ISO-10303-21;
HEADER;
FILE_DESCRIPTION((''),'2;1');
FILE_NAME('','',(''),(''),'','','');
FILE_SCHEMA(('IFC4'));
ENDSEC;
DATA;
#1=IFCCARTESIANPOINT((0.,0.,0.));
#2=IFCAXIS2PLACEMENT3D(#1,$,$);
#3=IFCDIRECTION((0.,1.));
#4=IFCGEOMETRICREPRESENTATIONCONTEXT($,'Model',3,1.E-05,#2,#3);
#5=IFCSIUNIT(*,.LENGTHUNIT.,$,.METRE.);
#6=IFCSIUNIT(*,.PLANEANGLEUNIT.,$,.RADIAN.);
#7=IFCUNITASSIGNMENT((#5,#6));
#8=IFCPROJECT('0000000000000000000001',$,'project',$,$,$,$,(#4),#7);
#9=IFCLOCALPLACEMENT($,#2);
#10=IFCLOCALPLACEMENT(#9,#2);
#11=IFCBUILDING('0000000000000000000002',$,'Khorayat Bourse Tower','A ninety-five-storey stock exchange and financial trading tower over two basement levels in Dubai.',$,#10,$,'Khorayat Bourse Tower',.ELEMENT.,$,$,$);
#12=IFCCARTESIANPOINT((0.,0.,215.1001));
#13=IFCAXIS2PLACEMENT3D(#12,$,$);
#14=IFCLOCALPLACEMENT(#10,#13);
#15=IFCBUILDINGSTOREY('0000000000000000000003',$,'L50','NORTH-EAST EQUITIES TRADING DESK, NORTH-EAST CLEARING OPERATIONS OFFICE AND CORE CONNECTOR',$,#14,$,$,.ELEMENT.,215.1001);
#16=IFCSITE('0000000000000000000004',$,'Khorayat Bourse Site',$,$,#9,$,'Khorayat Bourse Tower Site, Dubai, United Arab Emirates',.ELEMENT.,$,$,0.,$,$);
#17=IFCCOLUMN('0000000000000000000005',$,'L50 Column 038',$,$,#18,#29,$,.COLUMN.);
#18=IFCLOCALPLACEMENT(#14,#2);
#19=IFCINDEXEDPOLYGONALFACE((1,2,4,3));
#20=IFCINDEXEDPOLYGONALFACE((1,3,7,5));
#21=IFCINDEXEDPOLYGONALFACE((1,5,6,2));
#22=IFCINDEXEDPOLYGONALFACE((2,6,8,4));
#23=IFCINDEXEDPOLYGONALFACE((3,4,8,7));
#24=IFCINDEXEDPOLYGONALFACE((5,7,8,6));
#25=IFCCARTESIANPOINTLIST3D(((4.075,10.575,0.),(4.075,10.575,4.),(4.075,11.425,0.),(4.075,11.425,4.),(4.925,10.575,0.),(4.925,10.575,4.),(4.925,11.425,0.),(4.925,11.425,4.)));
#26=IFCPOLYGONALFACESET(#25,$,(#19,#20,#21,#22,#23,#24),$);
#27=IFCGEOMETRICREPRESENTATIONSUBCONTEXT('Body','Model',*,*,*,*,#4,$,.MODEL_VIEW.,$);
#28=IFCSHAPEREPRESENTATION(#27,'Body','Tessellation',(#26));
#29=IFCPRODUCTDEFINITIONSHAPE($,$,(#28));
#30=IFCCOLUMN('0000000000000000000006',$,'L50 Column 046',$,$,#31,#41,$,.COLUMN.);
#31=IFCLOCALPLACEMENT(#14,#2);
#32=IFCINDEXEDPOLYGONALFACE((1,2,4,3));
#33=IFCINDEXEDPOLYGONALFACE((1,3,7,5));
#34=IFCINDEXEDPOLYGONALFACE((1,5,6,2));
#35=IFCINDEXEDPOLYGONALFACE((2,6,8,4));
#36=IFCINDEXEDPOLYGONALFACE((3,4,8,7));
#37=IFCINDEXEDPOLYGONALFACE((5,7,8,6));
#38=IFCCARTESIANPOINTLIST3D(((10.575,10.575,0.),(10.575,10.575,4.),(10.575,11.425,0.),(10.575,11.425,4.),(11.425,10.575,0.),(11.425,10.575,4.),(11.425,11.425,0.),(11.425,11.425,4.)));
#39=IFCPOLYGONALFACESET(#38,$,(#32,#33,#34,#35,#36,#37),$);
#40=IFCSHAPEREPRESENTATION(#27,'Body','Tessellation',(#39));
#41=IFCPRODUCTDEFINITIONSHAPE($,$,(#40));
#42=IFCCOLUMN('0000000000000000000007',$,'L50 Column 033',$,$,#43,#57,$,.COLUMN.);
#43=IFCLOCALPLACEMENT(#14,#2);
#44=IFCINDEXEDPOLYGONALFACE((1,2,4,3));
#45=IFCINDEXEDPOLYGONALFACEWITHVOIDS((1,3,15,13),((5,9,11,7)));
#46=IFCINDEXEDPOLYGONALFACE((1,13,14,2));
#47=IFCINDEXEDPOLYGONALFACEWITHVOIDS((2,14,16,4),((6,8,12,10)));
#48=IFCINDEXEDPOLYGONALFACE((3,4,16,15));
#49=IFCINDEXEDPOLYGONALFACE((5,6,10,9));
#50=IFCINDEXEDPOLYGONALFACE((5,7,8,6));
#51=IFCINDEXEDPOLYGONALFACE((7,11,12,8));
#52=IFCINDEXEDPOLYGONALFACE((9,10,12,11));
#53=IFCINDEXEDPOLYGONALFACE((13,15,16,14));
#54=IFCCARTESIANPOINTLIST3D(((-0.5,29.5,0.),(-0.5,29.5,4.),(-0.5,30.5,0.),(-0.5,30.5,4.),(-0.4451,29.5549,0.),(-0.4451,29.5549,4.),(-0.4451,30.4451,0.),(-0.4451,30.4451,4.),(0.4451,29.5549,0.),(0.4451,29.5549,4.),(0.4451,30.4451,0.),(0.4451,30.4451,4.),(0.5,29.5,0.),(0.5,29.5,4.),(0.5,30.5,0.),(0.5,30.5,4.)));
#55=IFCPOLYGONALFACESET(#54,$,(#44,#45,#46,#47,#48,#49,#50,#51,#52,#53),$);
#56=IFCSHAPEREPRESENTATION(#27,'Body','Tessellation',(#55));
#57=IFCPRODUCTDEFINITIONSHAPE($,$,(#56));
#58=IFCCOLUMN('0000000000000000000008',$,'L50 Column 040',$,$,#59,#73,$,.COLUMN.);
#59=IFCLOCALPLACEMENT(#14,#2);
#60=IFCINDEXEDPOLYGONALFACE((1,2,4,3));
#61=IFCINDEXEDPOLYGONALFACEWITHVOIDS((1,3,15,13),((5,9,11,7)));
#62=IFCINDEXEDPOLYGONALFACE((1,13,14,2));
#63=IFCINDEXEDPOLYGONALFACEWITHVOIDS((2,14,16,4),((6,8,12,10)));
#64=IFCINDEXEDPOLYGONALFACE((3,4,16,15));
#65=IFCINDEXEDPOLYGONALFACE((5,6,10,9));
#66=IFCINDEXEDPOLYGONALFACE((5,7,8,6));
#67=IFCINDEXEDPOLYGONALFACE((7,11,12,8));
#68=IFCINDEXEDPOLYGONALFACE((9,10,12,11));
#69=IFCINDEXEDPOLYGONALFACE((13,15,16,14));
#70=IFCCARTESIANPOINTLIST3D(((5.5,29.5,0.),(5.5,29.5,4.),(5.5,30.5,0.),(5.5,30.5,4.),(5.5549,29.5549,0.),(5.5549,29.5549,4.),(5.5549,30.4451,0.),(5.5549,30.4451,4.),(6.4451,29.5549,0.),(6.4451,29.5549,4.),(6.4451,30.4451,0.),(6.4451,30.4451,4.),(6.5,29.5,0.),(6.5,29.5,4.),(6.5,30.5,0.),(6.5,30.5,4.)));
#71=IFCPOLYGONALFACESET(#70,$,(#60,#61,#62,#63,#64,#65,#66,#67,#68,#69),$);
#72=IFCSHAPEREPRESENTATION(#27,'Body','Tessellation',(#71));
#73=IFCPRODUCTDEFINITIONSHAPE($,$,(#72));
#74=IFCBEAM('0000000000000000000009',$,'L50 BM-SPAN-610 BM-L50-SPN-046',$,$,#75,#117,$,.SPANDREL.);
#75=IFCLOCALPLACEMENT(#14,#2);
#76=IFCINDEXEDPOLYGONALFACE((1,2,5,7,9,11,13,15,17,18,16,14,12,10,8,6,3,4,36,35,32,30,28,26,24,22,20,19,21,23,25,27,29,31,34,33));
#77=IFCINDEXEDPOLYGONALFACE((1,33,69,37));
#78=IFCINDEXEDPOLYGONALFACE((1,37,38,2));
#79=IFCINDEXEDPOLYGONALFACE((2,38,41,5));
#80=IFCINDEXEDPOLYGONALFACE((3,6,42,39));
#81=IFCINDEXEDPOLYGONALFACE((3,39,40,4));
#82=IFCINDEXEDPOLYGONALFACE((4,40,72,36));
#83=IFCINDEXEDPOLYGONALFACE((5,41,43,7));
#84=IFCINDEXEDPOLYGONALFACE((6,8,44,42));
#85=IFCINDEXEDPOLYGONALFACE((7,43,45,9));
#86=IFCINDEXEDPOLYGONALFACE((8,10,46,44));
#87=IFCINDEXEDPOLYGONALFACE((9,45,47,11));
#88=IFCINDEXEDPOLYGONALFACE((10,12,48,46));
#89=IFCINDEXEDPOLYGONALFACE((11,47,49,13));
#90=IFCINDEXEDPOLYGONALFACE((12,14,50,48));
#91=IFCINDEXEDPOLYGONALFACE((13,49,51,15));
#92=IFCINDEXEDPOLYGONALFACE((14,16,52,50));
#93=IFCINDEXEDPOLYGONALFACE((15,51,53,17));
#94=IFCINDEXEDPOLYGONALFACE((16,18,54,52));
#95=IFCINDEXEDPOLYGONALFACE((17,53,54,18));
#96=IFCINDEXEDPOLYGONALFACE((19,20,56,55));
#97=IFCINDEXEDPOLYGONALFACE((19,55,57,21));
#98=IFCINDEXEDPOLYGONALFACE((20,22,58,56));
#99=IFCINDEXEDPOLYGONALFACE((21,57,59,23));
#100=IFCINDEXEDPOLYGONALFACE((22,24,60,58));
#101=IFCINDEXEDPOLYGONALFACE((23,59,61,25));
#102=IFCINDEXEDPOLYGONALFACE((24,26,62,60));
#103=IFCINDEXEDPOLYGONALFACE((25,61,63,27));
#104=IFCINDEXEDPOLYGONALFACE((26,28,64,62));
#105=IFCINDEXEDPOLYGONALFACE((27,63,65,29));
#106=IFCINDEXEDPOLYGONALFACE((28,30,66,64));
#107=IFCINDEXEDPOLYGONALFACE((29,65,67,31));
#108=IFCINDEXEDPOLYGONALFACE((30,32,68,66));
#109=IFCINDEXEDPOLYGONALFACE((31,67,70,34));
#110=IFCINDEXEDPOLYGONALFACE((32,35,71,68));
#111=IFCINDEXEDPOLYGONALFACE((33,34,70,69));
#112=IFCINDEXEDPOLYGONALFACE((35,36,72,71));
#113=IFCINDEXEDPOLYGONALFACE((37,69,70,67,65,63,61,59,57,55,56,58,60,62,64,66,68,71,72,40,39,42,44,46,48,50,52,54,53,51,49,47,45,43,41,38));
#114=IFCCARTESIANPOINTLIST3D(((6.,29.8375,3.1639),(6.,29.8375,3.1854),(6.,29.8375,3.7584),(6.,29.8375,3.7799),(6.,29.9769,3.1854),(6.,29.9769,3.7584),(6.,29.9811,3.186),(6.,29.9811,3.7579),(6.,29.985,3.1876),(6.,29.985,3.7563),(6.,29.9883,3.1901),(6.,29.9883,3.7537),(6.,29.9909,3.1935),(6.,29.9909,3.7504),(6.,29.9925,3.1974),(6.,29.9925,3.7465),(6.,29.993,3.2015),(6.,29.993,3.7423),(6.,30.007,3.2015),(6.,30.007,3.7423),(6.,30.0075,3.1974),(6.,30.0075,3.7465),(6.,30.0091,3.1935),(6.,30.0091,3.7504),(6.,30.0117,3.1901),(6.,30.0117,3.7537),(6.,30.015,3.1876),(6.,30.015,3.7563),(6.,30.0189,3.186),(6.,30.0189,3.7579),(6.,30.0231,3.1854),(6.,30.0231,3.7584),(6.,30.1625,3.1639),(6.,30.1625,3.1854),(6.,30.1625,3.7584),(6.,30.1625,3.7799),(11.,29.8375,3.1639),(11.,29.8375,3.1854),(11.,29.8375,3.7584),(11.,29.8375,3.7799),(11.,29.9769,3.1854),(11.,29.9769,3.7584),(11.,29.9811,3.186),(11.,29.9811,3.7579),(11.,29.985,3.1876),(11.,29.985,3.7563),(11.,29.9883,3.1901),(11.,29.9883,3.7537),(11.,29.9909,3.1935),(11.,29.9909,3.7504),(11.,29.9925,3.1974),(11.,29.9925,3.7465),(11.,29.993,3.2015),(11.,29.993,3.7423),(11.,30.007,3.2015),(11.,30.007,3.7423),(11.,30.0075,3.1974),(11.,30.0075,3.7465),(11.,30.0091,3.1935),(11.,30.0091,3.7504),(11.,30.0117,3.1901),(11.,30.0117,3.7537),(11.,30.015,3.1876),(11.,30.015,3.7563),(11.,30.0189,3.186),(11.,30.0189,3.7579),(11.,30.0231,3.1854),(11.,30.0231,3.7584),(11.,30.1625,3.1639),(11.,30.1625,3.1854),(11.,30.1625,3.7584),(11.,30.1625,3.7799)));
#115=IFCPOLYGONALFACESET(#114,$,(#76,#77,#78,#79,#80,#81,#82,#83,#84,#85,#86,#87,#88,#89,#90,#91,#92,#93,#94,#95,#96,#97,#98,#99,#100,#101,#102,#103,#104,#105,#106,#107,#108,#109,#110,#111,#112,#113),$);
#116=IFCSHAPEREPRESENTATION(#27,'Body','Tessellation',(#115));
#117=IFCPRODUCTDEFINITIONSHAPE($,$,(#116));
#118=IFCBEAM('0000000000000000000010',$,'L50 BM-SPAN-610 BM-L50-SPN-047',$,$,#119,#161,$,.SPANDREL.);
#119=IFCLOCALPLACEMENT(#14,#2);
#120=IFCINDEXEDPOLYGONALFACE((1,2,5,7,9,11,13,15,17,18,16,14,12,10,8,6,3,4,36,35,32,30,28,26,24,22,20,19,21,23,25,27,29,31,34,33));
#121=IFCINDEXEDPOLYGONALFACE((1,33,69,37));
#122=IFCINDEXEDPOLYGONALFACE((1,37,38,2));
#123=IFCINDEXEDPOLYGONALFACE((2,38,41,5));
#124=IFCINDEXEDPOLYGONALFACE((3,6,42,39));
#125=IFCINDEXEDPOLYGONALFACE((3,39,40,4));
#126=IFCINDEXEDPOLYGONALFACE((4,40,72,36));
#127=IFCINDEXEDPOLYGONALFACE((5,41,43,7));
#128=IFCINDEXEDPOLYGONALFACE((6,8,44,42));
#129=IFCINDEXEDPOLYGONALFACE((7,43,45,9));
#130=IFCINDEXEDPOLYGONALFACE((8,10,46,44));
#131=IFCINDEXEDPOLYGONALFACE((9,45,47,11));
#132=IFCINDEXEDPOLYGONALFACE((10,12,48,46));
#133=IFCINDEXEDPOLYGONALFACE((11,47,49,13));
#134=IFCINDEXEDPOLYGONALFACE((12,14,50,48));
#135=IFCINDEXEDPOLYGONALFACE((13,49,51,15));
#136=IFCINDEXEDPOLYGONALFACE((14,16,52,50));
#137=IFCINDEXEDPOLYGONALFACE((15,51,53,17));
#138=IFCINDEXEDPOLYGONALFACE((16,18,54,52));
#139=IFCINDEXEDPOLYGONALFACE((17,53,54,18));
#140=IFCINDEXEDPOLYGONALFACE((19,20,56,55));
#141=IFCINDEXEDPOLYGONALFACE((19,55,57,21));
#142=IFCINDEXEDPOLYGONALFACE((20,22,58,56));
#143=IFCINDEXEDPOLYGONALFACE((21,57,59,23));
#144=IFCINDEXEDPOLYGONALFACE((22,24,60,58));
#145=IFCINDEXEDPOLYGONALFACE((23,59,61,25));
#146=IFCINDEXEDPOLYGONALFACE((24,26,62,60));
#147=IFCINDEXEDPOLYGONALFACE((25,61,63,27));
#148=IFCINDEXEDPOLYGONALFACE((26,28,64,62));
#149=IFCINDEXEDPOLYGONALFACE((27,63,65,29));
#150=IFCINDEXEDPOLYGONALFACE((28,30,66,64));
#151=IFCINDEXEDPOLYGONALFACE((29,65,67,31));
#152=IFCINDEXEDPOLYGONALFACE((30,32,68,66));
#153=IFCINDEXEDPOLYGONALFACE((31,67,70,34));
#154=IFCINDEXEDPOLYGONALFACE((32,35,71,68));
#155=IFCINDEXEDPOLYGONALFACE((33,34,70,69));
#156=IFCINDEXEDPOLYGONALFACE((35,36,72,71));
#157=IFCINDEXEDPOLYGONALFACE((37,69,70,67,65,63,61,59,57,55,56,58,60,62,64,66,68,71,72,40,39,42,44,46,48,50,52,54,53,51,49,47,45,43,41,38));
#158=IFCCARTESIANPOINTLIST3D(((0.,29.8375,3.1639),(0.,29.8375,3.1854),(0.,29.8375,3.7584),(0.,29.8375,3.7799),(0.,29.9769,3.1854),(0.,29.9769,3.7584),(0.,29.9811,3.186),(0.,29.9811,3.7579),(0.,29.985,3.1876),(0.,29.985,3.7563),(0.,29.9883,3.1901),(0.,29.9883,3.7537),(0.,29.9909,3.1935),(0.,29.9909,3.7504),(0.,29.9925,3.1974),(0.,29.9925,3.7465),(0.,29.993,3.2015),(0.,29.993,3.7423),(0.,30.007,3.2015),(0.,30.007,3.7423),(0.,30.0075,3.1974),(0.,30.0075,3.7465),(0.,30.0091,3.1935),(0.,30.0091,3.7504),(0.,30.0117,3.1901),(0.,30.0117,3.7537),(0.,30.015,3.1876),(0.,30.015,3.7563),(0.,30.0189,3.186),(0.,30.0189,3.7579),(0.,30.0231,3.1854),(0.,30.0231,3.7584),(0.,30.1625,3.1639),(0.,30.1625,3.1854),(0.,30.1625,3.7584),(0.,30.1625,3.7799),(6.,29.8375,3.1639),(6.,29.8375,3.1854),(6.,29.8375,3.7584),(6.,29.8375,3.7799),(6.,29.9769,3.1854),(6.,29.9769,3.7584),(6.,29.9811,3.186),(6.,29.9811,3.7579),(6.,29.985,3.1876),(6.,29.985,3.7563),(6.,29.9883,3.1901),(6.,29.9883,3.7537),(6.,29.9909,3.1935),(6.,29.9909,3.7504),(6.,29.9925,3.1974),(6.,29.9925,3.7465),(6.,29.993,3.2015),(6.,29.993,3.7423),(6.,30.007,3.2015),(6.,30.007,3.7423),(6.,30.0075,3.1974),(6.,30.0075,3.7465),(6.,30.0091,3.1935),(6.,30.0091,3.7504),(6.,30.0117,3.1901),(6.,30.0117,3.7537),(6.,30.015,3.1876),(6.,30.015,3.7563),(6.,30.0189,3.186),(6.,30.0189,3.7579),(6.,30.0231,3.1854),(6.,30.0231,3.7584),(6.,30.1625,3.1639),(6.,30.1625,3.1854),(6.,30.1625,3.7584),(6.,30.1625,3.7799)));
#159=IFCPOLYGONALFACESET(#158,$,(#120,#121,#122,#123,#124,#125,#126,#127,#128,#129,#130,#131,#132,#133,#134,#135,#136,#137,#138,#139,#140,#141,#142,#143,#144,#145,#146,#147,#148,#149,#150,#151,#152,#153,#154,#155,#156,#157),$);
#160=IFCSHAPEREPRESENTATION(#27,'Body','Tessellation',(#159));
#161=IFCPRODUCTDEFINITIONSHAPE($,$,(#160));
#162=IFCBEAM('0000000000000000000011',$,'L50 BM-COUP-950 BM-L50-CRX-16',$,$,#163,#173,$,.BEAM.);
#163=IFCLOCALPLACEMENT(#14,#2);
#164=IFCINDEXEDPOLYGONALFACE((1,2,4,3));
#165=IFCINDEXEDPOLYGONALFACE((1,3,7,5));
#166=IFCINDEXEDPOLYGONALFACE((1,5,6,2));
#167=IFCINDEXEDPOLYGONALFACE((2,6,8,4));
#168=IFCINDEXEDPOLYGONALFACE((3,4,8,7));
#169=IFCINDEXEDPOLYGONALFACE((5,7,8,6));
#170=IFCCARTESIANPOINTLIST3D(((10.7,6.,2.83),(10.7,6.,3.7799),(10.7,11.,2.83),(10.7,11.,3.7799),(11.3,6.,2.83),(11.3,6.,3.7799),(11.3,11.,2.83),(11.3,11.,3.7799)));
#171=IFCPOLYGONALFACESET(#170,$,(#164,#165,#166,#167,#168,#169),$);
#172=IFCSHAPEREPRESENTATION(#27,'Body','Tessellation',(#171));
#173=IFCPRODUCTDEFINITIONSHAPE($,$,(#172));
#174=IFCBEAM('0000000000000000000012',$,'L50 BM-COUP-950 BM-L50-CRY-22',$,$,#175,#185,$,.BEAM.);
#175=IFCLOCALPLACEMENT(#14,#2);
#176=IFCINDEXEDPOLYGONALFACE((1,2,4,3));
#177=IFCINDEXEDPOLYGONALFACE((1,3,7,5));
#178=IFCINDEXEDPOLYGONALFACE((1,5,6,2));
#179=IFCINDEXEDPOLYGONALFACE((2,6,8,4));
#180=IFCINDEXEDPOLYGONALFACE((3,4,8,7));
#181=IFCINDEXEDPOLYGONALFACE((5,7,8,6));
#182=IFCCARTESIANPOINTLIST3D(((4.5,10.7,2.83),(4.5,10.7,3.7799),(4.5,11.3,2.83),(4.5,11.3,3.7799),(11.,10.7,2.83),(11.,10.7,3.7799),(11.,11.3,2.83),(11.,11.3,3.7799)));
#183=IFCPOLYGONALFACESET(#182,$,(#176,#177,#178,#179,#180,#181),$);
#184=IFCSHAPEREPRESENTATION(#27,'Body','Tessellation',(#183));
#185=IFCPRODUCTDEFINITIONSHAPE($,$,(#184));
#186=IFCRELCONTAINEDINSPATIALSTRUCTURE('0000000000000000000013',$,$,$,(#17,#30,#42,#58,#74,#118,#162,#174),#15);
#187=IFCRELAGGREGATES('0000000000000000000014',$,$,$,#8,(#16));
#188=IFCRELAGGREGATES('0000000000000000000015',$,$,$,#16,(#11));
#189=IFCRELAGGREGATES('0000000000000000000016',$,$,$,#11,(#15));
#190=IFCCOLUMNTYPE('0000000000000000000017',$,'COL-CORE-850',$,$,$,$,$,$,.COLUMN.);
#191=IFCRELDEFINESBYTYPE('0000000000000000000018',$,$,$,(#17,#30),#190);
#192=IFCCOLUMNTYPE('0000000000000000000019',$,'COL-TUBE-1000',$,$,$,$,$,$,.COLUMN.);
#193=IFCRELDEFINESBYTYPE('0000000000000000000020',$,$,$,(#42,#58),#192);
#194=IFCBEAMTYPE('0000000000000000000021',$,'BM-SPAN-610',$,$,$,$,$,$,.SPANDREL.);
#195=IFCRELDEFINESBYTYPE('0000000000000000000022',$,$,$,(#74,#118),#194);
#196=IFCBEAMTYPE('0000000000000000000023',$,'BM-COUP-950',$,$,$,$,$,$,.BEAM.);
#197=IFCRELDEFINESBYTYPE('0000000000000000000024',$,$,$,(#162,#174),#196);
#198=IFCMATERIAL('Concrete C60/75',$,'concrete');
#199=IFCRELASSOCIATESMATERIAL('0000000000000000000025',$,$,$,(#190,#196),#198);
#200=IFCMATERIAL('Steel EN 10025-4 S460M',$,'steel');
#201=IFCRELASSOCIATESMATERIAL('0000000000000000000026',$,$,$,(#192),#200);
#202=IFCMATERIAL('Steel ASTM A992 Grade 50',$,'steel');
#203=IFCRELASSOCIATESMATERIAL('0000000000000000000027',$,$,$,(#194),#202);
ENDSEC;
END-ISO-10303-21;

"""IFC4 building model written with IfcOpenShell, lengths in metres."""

from ifc_helpers import new_model, si_unit, direction, frame, origin, origin_2d, place, context, subcontext, project, spatial, rectangle, hollow_rectangle, i_section, extrude, source, transform, mapped, material, material_profile, profile_set, type_object, element, save


model = new_model("IFC4")

# Units and contexts
model_context = context("Model", 3, precision=1e-05, world=origin(), true_north=direction((0.0, 1.0)))
body_context = subcontext(model_context, "Body", "Model", "MODEL_VIEW")
ifc_project = project(units=[si_unit("LENGTHUNIT", "METRE"), si_unit("PLANEANGLEUNIT", "RADIAN")], contexts=[model_context])

# Site, building, storey
site_placement = place(None, origin())
site = spatial("IfcSite", under=ifc_project, at=site_placement, Name="Khorayat Bourse Site", LongName="Khorayat Bourse Tower Site, Dubai, United Arab Emirates", CompositionType="ELEMENT", RefElevation=0.0)
building_placement = place(site_placement, origin())
building = spatial("IfcBuilding", under=site, at=building_placement, Name="Khorayat Bourse Tower", Description="A ninety-five-storey stock exchange and financial trading tower over two basement levels in Dubai.", LongName="Khorayat Bourse Tower", CompositionType="ELEMENT")
storey_placement = place(building_placement, frame((0.0, 0.0, 215.1001)))
storey = spatial("IfcBuildingStorey", under=building, at=storey_placement, Name="L50", Description="NORTH-EAST EQUITIES TRADING DESK, NORTH-EAST CLEARING OPERATIONS OFFICE AND CORE CONNECTOR", CompositionType="ELEMENT", Elevation=215.1001)

# Columns
ifc_material_1 = material(Name="Concrete C60/75", Category="concrete")
ifc_material_profile_1 = material_profile(ifc_material_1, rectangle(XDim=0.8501, YDim=0.8501, at=origin_2d()), Name="RC 850x850")
ifc_profile_set_1 = profile_set([ifc_material_profile_1], Name="Concrete C60/75")
column_type_1 = type_object("IfcColumnType", Name="COL-CORE-850", PredefinedType="COLUMN", material=ifc_profile_set_1)
shared_shape_1 = source(origin(), body_context, "Body", "SweptSolid", [
    extrude(rectangle(XDim=0.8501, YDim=0.8501, at=origin_2d()), origin(), (0.0, 0.0, 1.0), 4.0),
])
for number, where, z_axis, x_axis, name in (
    (1, (4.5, 11.0, 0.0), (0.0, 0.0, 1.0), (1.0, 0.0, 0.0), "L50 Column 038"),
    (2, (11.0, 11.0, 0.0), (0.0, 0.0, 1.0), (1.0, 0.0, 0.0), "L50 Column 046"),
):
    element("IfcColumn", number, at=place(storey_placement, frame(where, z_axis=z_axis, x_axis=x_axis)), inside=storey, type_object=column_type_1, Name=name, PredefinedType="COLUMN", context=body_context, shape_type="MappedRepresentation", body=[
        mapped(shared_shape_1, transform((0.0, 0.0, 0.0), scale=1.0)),
    ])
ifc_material_2 = material(Name="Steel EN 10025-4 S460M", Category="steel")
ifc_material_profile_2 = material_profile(ifc_material_2, hollow_rectangle(XDim=1.0, YDim=1.0, WallThickness=0.0549, at=origin_2d()), Name="BOX 1000x1000x55")
ifc_profile_set_2 = profile_set([ifc_material_profile_2], Name="Steel EN 10025-4 S460M")
column_type_2 = type_object("IfcColumnType", Name="COL-TUBE-1000", PredefinedType="COLUMN", material=ifc_profile_set_2)
shared_shape_2 = source(origin(), body_context, "Body", "SweptSolid", [
    extrude(hollow_rectangle(XDim=1.0, YDim=1.0, WallThickness=0.0549, at=origin_2d()), origin(), (0.0, 0.0, 1.0), 4.0),
])
for number, where, z_axis, x_axis, name in (
    (3, (0.0, 30.0, 0.0), (0.0, 0.0, 1.0), (1.0, 0.0, 0.0), "L50 Column 033"),
    (4, (6.0, 30.0, 0.0), (0.0, 0.0, 1.0), (1.0, 0.0, 0.0), "L50 Column 040"),
):
    element("IfcColumn", number, at=place(storey_placement, frame(where, z_axis=z_axis, x_axis=x_axis)), inside=storey, type_object=column_type_2, Name=name, PredefinedType="COLUMN", context=body_context, shape_type="MappedRepresentation", body=[
        mapped(shared_shape_2, transform((0.0, 0.0, 0.0), scale=1.0)),
    ])

# Beams
ifc_material_3 = material(Name="Steel ASTM A992 Grade 50", Category="steel")
ifc_material_profile_3 = material_profile(ifc_material_3, i_section(OverallWidth=0.325, OverallDepth=0.616, WebThickness=0.0139, FlangeThickness=0.0215, FilletRadius=0.0161, at=origin_2d()), Name="W610X174")
ifc_profile_set_3 = profile_set([ifc_material_profile_3], Name="Steel ASTM A992 Grade 50")
beam_type_1 = type_object("IfcBeamType", Name="BM-SPAN-610", PredefinedType="SPANDREL", material=ifc_profile_set_3)
shared_shape_3 = source(origin(), body_context, "Body", "SweptSolid", [
    extrude(i_section(OverallWidth=0.325, OverallDepth=0.616, WebThickness=0.0139, FlangeThickness=0.0215, FilletRadius=0.0161, at=origin_2d()), origin(), (0.0, 0.0, 1.0), 5.0),
])
beam_1_placement = place(storey_placement, frame((6.0, 30.0, 3.4719), z_axis=(1.0, 0.0, 0.0), x_axis=(0.0, 1.0, 0.0)))
element("IfcBeam", 5, at=beam_1_placement, inside=storey, type_object=beam_type_1, Name="L50 BM-SPAN-610 BM-L50-SPN-046", PredefinedType="SPANDREL", context=body_context, shape_type="MappedRepresentation", body=[
    mapped(shared_shape_3, transform((0.0, 0.0, 0.0), scale=1.0)),
])
shared_shape_4 = source(origin(), body_context, "Body", "SweptSolid", [
    extrude(i_section(OverallWidth=0.325, OverallDepth=0.616, WebThickness=0.0139, FlangeThickness=0.0215, FilletRadius=0.0161, at=origin_2d()), origin(), (0.0, 0.0, 1.0), 6.0),
])
beam_2_placement = place(storey_placement, frame((0.0, 30.0, 3.4719), z_axis=(1.0, 0.0, 0.0), x_axis=(0.0, 1.0, 0.0)))
element("IfcBeam", 6, at=beam_2_placement, inside=storey, type_object=beam_type_1, Name="L50 BM-SPAN-610 BM-L50-SPN-047", PredefinedType="SPANDREL", context=body_context, shape_type="MappedRepresentation", body=[
    mapped(shared_shape_4, transform((0.0, 0.0, 0.0), scale=1.0)),
])
ifc_material_profile_4 = material_profile(ifc_material_1, rectangle(XDim=0.6001, YDim=0.95, at=origin_2d()), Name="RC 600x950")
ifc_profile_set_4 = profile_set([ifc_material_profile_4], Name="Concrete C60/75")
beam_type_2 = type_object("IfcBeamType", Name="BM-COUP-950", PredefinedType="BEAM", material=ifc_profile_set_4)
shared_shape_5 = source(origin(), body_context, "Body", "SweptSolid", [
    extrude(rectangle(XDim=0.6001, YDim=0.95, at=origin_2d()), origin(), (0.0, 0.0, 1.0), 5.0),
])
beam_3_placement = place(storey_placement, frame((11.0, 6.0, 3.3049), z_axis=(0.0, 1.0, 0.0), x_axis=(-1.0, 0.0, 0.0)))
element("IfcBeam", 7, at=beam_3_placement, inside=storey, type_object=beam_type_2, Name="L50 BM-COUP-950 BM-L50-CRX-16", PredefinedType="BEAM", context=body_context, shape_type="MappedRepresentation", body=[
    mapped(shared_shape_5, transform((0.0, 0.0, 0.0), scale=1.0)),
])
shared_shape_6 = source(origin(), body_context, "Body", "SweptSolid", [
    extrude(rectangle(XDim=0.6001, YDim=0.95, at=origin_2d()), origin(), (0.0, 0.0, 1.0), 6.5),
])
beam_4_placement = place(storey_placement, frame((4.5, 11.0, 3.3049), z_axis=(1.0, 0.0, 0.0), x_axis=(0.0, 1.0, 0.0)))
element("IfcBeam", 8, at=beam_4_placement, inside=storey, type_object=beam_type_2, Name="L50 BM-COUP-950 BM-L50-CRY-22", PredefinedType="BEAM", context=body_context, shape_type="MappedRepresentation", body=[
    mapped(shared_shape_6, transform((0.0, 0.0, 0.0), scale=1.0)),
])

save(model, "model.ifc")
